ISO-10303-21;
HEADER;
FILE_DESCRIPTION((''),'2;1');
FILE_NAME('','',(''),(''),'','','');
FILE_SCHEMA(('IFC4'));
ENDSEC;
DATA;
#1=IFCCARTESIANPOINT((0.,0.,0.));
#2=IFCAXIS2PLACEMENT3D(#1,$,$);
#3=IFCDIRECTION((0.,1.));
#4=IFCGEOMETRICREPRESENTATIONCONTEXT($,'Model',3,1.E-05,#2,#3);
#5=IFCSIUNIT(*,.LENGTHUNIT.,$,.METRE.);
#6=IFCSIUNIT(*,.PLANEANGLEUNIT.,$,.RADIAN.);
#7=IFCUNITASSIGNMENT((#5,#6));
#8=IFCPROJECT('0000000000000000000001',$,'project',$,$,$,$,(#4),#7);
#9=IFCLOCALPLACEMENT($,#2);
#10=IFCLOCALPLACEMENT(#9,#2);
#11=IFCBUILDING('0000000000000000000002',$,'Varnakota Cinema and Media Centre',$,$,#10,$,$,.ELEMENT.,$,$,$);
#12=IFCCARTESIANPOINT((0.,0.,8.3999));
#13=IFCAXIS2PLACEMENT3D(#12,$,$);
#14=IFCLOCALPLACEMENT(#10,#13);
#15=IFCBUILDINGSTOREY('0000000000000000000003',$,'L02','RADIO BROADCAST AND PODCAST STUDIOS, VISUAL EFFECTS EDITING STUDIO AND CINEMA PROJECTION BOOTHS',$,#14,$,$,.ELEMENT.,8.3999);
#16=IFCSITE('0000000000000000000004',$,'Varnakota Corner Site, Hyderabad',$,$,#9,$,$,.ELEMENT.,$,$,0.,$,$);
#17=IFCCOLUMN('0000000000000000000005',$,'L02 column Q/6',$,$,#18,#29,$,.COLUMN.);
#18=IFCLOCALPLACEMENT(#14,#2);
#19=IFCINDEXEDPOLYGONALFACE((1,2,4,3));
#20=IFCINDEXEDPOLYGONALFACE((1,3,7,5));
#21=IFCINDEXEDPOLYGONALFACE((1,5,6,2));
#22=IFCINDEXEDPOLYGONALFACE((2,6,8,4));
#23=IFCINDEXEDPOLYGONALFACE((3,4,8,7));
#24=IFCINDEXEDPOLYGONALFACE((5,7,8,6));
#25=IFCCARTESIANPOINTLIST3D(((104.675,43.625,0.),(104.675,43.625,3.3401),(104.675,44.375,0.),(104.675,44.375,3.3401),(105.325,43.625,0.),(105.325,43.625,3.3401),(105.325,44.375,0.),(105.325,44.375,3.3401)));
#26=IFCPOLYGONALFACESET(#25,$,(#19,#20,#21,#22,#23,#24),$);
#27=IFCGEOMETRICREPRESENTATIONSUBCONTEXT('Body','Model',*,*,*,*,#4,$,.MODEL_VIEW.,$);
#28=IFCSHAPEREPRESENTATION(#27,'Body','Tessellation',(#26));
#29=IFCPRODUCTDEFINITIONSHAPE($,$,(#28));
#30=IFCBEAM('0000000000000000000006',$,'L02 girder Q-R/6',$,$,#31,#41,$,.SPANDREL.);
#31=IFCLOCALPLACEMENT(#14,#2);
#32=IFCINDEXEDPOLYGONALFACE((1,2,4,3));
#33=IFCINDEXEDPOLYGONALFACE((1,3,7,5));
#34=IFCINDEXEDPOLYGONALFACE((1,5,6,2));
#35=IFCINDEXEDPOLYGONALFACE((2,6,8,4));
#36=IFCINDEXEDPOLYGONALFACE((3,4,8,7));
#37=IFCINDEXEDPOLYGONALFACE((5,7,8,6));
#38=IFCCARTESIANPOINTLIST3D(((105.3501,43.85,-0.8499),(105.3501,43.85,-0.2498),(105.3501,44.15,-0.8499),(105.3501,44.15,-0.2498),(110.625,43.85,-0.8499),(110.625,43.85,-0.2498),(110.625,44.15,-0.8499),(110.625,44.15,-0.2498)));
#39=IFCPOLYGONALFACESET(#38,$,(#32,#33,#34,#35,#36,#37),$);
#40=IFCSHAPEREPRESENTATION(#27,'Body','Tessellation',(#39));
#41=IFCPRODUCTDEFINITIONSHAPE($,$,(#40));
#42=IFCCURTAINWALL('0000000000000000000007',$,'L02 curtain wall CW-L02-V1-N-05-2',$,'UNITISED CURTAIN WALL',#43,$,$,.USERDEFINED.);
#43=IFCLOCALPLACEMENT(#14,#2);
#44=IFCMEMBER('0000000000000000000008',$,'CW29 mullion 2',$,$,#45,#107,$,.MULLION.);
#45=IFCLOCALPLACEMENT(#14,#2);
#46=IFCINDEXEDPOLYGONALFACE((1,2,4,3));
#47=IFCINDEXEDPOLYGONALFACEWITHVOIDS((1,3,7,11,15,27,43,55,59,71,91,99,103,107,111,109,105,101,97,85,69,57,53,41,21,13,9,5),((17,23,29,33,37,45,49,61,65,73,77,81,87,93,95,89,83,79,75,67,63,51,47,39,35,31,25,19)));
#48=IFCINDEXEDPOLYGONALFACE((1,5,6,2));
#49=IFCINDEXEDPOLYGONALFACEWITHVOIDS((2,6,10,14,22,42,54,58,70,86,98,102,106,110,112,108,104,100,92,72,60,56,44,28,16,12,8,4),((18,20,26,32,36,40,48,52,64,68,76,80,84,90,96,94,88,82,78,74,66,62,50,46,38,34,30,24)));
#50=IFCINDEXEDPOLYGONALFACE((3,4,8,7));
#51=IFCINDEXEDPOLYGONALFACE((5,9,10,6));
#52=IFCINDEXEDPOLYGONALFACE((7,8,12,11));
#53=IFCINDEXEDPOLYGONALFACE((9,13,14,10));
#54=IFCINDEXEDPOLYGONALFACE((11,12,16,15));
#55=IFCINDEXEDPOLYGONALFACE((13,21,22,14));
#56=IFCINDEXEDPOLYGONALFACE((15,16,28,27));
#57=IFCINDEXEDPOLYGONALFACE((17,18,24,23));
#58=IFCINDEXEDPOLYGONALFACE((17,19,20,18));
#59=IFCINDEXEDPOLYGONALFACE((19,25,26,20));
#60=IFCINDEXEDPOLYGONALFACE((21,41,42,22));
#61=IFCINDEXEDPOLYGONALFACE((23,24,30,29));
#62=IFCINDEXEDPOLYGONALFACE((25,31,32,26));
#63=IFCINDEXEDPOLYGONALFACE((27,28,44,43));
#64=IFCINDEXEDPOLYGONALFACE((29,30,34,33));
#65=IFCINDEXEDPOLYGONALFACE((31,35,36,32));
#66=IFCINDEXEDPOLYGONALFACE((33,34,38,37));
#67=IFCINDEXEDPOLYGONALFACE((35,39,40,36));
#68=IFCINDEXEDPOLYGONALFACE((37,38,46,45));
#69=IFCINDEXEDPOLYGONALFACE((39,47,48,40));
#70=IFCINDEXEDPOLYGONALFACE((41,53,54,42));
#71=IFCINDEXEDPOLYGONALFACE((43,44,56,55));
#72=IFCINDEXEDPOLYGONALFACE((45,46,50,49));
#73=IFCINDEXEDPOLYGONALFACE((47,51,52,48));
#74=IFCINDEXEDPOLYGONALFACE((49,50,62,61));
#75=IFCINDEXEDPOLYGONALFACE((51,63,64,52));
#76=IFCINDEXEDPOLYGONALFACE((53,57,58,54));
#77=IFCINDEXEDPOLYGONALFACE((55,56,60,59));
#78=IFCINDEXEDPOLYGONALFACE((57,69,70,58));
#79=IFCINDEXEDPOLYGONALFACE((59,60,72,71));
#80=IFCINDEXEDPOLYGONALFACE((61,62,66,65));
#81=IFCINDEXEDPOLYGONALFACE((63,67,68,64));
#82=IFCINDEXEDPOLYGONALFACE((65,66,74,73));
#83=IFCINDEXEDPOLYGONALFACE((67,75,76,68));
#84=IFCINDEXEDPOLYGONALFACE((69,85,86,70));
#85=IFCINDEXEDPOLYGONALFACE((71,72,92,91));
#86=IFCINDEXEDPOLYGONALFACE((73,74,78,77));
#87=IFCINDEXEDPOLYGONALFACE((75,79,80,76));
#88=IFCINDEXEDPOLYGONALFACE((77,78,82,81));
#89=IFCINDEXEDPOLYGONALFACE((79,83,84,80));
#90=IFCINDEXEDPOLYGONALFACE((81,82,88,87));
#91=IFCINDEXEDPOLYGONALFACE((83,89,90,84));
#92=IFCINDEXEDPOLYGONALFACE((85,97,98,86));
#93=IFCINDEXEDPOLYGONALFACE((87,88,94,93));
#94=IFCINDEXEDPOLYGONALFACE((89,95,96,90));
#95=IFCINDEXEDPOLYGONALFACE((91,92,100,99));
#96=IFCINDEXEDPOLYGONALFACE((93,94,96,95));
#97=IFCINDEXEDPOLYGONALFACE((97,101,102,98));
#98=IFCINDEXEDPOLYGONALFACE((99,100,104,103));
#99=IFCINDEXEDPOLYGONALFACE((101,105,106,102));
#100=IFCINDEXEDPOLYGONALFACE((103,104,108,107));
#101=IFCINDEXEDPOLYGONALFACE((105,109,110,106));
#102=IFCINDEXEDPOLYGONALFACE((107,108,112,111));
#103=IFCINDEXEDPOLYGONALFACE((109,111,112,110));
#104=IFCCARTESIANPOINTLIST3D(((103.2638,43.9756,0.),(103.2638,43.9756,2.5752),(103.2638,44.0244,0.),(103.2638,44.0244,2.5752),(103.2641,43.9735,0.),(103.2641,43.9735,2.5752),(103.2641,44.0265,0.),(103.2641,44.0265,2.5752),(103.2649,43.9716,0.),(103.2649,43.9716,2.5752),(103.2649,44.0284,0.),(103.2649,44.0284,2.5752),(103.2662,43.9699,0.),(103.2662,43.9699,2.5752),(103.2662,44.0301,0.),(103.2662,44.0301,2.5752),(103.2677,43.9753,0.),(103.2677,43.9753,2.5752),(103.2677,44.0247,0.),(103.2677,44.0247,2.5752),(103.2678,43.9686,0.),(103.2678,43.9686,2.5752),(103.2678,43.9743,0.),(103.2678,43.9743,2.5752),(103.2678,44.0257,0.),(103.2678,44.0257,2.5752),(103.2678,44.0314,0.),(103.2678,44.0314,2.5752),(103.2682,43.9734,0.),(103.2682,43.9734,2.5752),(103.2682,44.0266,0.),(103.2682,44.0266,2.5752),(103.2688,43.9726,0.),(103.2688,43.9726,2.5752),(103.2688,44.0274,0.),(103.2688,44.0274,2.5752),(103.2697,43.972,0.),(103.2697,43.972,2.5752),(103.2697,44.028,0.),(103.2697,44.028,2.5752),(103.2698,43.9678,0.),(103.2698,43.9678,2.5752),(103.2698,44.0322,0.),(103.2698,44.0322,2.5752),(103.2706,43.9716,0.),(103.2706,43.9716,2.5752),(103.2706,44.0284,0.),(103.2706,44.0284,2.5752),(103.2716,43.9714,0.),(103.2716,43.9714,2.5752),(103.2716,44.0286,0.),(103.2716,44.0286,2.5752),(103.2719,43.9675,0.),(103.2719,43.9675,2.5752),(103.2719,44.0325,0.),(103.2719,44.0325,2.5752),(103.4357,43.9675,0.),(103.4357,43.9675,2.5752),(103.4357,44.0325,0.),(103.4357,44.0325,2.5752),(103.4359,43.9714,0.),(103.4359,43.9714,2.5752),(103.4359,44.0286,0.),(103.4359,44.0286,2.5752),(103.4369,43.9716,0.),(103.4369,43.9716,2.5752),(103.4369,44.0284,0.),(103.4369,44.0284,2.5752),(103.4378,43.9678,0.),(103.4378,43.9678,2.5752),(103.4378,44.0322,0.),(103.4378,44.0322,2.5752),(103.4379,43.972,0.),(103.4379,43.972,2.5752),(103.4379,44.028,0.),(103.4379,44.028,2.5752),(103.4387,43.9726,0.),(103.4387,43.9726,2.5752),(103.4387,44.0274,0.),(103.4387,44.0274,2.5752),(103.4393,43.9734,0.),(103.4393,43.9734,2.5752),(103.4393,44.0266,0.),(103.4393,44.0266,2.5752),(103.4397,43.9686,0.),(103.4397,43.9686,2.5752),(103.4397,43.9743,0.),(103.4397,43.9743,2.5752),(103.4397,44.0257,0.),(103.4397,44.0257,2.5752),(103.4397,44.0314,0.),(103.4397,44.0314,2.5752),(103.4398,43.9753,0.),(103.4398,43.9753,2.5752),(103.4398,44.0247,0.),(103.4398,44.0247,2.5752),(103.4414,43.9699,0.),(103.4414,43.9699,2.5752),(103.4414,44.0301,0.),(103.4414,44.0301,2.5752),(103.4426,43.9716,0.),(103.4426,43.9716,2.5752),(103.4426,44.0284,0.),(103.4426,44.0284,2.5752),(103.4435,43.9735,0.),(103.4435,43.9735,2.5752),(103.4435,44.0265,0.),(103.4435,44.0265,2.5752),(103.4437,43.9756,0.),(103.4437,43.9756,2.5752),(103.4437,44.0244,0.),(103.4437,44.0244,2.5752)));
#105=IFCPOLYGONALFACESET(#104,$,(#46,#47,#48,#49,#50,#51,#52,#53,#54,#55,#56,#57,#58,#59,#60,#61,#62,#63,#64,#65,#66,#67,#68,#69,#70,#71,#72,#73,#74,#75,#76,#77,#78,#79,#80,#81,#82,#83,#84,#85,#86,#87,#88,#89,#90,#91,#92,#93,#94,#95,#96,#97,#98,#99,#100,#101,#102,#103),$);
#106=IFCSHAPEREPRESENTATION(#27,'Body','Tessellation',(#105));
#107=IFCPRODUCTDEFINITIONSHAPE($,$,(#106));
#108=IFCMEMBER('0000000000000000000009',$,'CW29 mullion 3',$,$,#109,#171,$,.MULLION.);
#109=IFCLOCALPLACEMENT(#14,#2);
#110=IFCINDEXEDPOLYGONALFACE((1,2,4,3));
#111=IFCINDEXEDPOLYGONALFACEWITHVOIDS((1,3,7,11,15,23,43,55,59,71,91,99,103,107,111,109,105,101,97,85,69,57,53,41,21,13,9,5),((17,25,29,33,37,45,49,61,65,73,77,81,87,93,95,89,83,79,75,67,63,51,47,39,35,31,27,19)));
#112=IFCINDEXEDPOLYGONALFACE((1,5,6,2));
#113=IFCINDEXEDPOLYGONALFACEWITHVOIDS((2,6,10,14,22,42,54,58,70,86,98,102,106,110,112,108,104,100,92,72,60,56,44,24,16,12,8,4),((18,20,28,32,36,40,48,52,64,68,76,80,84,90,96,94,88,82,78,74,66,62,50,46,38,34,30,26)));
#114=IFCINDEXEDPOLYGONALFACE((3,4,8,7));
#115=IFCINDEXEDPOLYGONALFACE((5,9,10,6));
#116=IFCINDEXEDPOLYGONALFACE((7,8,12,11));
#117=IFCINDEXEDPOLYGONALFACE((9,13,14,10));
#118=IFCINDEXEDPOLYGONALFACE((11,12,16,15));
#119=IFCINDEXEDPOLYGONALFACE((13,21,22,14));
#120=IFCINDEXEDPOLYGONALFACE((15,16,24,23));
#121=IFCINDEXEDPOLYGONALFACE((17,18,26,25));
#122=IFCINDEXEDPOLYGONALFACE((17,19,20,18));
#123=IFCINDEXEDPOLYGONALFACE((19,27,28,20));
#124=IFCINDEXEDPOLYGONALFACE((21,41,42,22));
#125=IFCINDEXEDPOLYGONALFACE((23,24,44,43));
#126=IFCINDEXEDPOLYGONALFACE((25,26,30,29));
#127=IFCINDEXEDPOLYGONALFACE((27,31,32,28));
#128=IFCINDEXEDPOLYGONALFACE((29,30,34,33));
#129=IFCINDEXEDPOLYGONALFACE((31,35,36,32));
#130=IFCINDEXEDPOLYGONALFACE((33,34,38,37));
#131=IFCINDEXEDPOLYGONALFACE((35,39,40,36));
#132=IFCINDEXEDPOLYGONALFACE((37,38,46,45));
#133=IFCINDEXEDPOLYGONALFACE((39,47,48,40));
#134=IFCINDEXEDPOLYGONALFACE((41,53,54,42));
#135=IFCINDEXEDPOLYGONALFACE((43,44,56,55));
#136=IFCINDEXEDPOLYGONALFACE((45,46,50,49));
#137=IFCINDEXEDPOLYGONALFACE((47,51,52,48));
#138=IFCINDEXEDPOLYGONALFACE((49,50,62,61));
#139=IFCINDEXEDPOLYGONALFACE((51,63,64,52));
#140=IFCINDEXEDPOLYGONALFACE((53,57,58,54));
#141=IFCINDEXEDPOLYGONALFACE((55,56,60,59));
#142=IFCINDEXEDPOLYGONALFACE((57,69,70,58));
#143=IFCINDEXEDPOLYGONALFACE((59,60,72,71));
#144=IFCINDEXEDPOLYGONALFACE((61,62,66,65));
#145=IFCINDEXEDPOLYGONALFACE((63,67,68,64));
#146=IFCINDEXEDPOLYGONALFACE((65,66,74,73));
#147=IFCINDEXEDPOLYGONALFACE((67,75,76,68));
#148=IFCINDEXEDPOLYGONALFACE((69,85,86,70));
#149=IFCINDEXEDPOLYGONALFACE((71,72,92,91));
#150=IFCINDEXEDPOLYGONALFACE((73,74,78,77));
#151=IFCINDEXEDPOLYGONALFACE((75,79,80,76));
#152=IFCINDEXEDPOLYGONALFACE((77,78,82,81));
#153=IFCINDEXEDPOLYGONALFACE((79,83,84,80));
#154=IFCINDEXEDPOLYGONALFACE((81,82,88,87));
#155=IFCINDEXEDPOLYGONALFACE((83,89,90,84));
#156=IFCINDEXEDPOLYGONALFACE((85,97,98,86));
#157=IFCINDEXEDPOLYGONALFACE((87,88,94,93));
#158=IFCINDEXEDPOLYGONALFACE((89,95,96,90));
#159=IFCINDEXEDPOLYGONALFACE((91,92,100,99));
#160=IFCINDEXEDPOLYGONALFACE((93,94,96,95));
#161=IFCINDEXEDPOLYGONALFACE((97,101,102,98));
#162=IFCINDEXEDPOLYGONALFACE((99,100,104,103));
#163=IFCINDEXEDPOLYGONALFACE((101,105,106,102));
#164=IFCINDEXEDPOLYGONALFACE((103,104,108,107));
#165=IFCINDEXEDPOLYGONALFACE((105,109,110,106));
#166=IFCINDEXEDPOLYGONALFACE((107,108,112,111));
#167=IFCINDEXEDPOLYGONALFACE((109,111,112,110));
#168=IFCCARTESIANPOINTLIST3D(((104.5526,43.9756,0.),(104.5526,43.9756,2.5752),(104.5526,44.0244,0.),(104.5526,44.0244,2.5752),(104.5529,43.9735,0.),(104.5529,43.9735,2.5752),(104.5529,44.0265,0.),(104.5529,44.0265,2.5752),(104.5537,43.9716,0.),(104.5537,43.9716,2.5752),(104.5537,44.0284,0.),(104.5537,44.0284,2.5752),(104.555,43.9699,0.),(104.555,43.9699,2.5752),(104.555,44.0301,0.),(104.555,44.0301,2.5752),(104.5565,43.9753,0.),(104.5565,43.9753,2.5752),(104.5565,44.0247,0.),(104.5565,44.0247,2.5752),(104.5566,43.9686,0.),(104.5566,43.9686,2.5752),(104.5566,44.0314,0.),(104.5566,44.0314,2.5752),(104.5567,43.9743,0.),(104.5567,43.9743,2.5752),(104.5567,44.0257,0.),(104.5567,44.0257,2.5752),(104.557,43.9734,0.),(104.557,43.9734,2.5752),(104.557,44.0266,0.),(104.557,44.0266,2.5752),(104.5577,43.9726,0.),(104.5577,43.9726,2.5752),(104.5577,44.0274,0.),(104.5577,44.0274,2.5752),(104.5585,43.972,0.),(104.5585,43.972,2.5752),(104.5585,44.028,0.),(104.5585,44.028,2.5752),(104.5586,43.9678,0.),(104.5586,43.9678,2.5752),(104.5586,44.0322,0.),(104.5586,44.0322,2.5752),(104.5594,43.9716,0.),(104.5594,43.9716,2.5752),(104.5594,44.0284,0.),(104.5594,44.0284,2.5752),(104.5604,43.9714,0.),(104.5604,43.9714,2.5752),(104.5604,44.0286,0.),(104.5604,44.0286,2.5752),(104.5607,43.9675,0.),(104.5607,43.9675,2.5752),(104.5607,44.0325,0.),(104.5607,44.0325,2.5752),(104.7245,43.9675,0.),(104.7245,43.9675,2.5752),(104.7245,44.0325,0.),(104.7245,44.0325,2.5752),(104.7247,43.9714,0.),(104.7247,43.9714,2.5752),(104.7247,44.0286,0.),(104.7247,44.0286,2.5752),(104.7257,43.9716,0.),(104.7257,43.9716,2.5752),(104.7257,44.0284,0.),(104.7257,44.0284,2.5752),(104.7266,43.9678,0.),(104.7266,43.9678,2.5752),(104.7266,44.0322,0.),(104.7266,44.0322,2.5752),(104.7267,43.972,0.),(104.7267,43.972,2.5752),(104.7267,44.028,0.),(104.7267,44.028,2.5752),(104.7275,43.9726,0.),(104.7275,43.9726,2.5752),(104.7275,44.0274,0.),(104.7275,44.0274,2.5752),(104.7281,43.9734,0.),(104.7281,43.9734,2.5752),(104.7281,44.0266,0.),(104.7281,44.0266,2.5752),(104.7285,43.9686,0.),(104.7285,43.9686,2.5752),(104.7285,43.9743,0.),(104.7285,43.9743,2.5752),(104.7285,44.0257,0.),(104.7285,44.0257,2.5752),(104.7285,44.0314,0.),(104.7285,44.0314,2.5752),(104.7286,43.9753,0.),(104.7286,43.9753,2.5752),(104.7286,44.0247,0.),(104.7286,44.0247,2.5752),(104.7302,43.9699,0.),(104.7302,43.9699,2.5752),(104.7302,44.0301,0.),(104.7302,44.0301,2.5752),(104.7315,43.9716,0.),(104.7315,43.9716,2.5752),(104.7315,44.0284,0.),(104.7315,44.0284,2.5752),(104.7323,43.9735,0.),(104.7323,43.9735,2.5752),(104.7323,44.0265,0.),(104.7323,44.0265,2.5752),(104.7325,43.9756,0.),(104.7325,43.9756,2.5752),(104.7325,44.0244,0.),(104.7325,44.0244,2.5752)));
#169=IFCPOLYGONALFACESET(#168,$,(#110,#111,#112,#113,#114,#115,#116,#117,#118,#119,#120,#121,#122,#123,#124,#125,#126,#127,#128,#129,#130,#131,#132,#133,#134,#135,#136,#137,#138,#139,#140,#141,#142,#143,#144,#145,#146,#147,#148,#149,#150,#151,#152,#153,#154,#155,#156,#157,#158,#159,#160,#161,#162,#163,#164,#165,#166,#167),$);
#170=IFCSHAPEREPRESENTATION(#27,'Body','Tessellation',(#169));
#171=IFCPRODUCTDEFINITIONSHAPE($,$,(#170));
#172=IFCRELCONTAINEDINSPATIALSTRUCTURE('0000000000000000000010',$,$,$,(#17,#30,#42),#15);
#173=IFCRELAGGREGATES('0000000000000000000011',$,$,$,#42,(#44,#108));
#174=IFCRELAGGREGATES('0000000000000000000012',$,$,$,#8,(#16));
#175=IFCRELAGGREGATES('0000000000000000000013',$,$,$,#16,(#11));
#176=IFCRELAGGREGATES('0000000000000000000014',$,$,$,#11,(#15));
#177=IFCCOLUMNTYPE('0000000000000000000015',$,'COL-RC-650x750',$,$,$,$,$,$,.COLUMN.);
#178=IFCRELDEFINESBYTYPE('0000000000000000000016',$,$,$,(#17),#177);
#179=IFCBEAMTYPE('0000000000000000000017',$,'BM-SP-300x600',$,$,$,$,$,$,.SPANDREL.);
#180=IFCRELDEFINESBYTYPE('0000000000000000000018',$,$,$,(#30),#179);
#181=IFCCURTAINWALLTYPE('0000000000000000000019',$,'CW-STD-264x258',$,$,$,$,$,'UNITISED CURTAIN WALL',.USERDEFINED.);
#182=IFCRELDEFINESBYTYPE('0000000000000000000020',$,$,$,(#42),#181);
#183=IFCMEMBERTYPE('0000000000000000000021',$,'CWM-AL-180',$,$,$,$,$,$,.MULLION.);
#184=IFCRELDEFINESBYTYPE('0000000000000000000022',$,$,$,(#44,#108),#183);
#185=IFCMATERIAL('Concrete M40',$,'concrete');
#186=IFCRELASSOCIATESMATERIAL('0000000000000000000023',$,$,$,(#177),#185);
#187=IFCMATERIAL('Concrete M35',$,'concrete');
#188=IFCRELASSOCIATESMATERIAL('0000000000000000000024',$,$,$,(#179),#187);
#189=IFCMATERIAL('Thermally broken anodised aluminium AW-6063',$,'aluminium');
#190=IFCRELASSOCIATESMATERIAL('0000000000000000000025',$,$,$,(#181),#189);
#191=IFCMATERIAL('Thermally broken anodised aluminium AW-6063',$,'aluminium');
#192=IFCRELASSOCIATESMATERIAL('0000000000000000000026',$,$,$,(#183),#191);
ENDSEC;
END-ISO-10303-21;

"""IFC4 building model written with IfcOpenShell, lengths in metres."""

from ifc_helpers import new_model, si_unit, direction, frame, origin, origin_2d, place, context, subcontext, project, spatial, rectangle, hollow_rectangle, extrude, material, material_profile, profile_set, type_object, element, aggregate, save


model = new_model("IFC4")

# Units and contexts
model_context = context("Model", 3, precision=1e-05, world=origin(), true_north=direction((0.0, 1.0)))
body_context = subcontext(model_context, "Body", "Model", "MODEL_VIEW")
ifc_project = project(units=[si_unit("LENGTHUNIT", "METRE"), si_unit("PLANEANGLEUNIT", "RADIAN")], contexts=[model_context])

# Site, building, storey
site_placement = place(None, origin())
site = spatial("IfcSite", under=ifc_project, at=site_placement, Name="Varnakota Corner Site, Hyderabad", CompositionType="ELEMENT", RefElevation=0.0)
building_placement = place(site_placement, origin())
building = spatial("IfcBuilding", under=site, at=building_placement, Name="Varnakota Cinema and Media Centre", CompositionType="ELEMENT")
storey_placement = place(building_placement, frame((0.0, 0.0, 8.3999)))
storey = spatial("IfcBuildingStorey", under=building, at=storey_placement, Name="L02", Description="RADIO BROADCAST AND PODCAST STUDIOS, VISUAL EFFECTS EDITING STUDIO AND CINEMA PROJECTION BOOTHS", CompositionType="ELEMENT", Elevation=8.3999)

# Column
ifc_material_1 = material(Name="Concrete M40", Category="concrete")
ifc_material_profile_1 = material_profile(ifc_material_1, rectangle(XDim=0.6499, YDim=0.75, at=origin_2d()), Name="RC 650x750")
ifc_profile_set_1 = profile_set([ifc_material_profile_1], Name="Concrete M40")
column_type = type_object("IfcColumnType", Name="COL-RC-650x750", PredefinedType="COLUMN", material=ifc_profile_set_1)
column_placement = place(storey_placement, frame((105.0, 44.0, 0.0), z_axis=(0.0, 0.0, 1.0), x_axis=(1.0, 0.0, 0.0)))
element("IfcColumn", 1, at=column_placement, inside=storey, type_object=column_type, Name="L02 column Q/6", PredefinedType="COLUMN", context=body_context, shape_type="SweptSolid", body=[
    extrude(rectangle(XDim=0.6499, YDim=0.75, at=origin_2d()), origin(), (0.0, 0.0, 1.0), 3.3401),
])

# Beam
ifc_material_2 = material(Name="Concrete M35", Category="concrete")
ifc_material_profile_2 = material_profile(ifc_material_2, rectangle(XDim=0.3, YDim=0.6001, at=origin_2d()), Name="RCB 300x600")
ifc_profile_set_2 = profile_set([ifc_material_profile_2], Name="Concrete M35")
beam_type = type_object("IfcBeamType", Name="BM-SP-300x600", PredefinedType="SPANDREL", material=ifc_profile_set_2)
beam_placement = place(storey_placement, frame((105.3501, 44.0, -0.5498), z_axis=(1.0, 0.0, 0.0), x_axis=(0.0, 1.0, 0.0)))
element("IfcBeam", 2, at=beam_placement, inside=storey, type_object=beam_type, Name="L02 girder Q-R/6", PredefinedType="SPANDREL", context=body_context, shape_type="SweptSolid", body=[
    extrude(rectangle(XDim=0.3, YDim=0.6001, at=origin_2d()), origin(), (0.0, 0.0, 1.0), 5.2749),
])

# Curtain wall, members
ifc_material_3 = material(Name="Thermally broken anodised aluminium AW-6063", Category="aluminium")
curtain_wall_type = type_object("IfcCurtainWallType", Name="CW-STD-264x258", ElementType="UNITISED CURTAIN WALL", PredefinedType="USERDEFINED", material=ifc_material_3)
curtain_wall_1_placement = place(storey_placement, origin())
curtain_wall_1 = element("IfcCurtainWall", 3, at=curtain_wall_1_placement, inside=storey, type_object=curtain_wall_type, Name="L02 curtain wall CW-L02-V1-N-05-2", ObjectType="UNITISED CURTAIN WALL", PredefinedType="USERDEFINED")
ifc_material_4 = material(Name="Thermally broken anodised aluminium AW-6063", Category="aluminium")
ifc_material_profile_3 = material_profile(ifc_material_4, hollow_rectangle(XDim=0.0649, YDim=0.1799, WallThickness=0.0039, InnerFilletRadius=0.0039, OuterFilletRadius=0.0081, at=origin_2d()), Name="AL-MULLION 180x65x4")
ifc_profile_set_3 = profile_set([ifc_material_profile_3], Name="Thermally broken anodised aluminium AW-6063")
member_type_1 = type_object("IfcMemberType", Name="CWM-AL-180", PredefinedType="MULLION", material=ifc_profile_set_3)
member_1_placement = place(storey_placement, frame((103.3538, 44.0, 0.0), z_axis=(0.0, 0.0, 1.0), x_axis=(0.0, 1.0, 0.0)))
member_1 = element("IfcMember", 4, at=member_1_placement, type_object=member_type_1, Name="CW29 mullion 2", PredefinedType="MULLION", context=body_context, shape_type="SweptSolid", body=[
    extrude(hollow_rectangle(XDim=0.0649, YDim=0.1799, WallThickness=0.0039, InnerFilletRadius=0.0039, OuterFilletRadius=0.0081, at=origin_2d()), origin(), (0.0, 0.0, 1.0), 2.5752),
])
member_2_placement = place(storey_placement, frame((104.6426, 44.0, 0.0), z_axis=(0.0, 0.0, 1.0), x_axis=(0.0, 1.0, 0.0)))
member_2 = element("IfcMember", 5, at=member_2_placement, type_object=member_type_1, Name="CW29 mullion 3", PredefinedType="MULLION", context=body_context, shape_type="SweptSolid", body=[
    extrude(hollow_rectangle(XDim=0.0649, YDim=0.1799, WallThickness=0.0039, InnerFilletRadius=0.0039, OuterFilletRadius=0.0081, at=origin_2d()), origin(), (0.0, 0.0, 1.0), 2.5752),
])

aggregate(curtain_wall_1, [member_1, member_2])

save(model, "model.ifc")
